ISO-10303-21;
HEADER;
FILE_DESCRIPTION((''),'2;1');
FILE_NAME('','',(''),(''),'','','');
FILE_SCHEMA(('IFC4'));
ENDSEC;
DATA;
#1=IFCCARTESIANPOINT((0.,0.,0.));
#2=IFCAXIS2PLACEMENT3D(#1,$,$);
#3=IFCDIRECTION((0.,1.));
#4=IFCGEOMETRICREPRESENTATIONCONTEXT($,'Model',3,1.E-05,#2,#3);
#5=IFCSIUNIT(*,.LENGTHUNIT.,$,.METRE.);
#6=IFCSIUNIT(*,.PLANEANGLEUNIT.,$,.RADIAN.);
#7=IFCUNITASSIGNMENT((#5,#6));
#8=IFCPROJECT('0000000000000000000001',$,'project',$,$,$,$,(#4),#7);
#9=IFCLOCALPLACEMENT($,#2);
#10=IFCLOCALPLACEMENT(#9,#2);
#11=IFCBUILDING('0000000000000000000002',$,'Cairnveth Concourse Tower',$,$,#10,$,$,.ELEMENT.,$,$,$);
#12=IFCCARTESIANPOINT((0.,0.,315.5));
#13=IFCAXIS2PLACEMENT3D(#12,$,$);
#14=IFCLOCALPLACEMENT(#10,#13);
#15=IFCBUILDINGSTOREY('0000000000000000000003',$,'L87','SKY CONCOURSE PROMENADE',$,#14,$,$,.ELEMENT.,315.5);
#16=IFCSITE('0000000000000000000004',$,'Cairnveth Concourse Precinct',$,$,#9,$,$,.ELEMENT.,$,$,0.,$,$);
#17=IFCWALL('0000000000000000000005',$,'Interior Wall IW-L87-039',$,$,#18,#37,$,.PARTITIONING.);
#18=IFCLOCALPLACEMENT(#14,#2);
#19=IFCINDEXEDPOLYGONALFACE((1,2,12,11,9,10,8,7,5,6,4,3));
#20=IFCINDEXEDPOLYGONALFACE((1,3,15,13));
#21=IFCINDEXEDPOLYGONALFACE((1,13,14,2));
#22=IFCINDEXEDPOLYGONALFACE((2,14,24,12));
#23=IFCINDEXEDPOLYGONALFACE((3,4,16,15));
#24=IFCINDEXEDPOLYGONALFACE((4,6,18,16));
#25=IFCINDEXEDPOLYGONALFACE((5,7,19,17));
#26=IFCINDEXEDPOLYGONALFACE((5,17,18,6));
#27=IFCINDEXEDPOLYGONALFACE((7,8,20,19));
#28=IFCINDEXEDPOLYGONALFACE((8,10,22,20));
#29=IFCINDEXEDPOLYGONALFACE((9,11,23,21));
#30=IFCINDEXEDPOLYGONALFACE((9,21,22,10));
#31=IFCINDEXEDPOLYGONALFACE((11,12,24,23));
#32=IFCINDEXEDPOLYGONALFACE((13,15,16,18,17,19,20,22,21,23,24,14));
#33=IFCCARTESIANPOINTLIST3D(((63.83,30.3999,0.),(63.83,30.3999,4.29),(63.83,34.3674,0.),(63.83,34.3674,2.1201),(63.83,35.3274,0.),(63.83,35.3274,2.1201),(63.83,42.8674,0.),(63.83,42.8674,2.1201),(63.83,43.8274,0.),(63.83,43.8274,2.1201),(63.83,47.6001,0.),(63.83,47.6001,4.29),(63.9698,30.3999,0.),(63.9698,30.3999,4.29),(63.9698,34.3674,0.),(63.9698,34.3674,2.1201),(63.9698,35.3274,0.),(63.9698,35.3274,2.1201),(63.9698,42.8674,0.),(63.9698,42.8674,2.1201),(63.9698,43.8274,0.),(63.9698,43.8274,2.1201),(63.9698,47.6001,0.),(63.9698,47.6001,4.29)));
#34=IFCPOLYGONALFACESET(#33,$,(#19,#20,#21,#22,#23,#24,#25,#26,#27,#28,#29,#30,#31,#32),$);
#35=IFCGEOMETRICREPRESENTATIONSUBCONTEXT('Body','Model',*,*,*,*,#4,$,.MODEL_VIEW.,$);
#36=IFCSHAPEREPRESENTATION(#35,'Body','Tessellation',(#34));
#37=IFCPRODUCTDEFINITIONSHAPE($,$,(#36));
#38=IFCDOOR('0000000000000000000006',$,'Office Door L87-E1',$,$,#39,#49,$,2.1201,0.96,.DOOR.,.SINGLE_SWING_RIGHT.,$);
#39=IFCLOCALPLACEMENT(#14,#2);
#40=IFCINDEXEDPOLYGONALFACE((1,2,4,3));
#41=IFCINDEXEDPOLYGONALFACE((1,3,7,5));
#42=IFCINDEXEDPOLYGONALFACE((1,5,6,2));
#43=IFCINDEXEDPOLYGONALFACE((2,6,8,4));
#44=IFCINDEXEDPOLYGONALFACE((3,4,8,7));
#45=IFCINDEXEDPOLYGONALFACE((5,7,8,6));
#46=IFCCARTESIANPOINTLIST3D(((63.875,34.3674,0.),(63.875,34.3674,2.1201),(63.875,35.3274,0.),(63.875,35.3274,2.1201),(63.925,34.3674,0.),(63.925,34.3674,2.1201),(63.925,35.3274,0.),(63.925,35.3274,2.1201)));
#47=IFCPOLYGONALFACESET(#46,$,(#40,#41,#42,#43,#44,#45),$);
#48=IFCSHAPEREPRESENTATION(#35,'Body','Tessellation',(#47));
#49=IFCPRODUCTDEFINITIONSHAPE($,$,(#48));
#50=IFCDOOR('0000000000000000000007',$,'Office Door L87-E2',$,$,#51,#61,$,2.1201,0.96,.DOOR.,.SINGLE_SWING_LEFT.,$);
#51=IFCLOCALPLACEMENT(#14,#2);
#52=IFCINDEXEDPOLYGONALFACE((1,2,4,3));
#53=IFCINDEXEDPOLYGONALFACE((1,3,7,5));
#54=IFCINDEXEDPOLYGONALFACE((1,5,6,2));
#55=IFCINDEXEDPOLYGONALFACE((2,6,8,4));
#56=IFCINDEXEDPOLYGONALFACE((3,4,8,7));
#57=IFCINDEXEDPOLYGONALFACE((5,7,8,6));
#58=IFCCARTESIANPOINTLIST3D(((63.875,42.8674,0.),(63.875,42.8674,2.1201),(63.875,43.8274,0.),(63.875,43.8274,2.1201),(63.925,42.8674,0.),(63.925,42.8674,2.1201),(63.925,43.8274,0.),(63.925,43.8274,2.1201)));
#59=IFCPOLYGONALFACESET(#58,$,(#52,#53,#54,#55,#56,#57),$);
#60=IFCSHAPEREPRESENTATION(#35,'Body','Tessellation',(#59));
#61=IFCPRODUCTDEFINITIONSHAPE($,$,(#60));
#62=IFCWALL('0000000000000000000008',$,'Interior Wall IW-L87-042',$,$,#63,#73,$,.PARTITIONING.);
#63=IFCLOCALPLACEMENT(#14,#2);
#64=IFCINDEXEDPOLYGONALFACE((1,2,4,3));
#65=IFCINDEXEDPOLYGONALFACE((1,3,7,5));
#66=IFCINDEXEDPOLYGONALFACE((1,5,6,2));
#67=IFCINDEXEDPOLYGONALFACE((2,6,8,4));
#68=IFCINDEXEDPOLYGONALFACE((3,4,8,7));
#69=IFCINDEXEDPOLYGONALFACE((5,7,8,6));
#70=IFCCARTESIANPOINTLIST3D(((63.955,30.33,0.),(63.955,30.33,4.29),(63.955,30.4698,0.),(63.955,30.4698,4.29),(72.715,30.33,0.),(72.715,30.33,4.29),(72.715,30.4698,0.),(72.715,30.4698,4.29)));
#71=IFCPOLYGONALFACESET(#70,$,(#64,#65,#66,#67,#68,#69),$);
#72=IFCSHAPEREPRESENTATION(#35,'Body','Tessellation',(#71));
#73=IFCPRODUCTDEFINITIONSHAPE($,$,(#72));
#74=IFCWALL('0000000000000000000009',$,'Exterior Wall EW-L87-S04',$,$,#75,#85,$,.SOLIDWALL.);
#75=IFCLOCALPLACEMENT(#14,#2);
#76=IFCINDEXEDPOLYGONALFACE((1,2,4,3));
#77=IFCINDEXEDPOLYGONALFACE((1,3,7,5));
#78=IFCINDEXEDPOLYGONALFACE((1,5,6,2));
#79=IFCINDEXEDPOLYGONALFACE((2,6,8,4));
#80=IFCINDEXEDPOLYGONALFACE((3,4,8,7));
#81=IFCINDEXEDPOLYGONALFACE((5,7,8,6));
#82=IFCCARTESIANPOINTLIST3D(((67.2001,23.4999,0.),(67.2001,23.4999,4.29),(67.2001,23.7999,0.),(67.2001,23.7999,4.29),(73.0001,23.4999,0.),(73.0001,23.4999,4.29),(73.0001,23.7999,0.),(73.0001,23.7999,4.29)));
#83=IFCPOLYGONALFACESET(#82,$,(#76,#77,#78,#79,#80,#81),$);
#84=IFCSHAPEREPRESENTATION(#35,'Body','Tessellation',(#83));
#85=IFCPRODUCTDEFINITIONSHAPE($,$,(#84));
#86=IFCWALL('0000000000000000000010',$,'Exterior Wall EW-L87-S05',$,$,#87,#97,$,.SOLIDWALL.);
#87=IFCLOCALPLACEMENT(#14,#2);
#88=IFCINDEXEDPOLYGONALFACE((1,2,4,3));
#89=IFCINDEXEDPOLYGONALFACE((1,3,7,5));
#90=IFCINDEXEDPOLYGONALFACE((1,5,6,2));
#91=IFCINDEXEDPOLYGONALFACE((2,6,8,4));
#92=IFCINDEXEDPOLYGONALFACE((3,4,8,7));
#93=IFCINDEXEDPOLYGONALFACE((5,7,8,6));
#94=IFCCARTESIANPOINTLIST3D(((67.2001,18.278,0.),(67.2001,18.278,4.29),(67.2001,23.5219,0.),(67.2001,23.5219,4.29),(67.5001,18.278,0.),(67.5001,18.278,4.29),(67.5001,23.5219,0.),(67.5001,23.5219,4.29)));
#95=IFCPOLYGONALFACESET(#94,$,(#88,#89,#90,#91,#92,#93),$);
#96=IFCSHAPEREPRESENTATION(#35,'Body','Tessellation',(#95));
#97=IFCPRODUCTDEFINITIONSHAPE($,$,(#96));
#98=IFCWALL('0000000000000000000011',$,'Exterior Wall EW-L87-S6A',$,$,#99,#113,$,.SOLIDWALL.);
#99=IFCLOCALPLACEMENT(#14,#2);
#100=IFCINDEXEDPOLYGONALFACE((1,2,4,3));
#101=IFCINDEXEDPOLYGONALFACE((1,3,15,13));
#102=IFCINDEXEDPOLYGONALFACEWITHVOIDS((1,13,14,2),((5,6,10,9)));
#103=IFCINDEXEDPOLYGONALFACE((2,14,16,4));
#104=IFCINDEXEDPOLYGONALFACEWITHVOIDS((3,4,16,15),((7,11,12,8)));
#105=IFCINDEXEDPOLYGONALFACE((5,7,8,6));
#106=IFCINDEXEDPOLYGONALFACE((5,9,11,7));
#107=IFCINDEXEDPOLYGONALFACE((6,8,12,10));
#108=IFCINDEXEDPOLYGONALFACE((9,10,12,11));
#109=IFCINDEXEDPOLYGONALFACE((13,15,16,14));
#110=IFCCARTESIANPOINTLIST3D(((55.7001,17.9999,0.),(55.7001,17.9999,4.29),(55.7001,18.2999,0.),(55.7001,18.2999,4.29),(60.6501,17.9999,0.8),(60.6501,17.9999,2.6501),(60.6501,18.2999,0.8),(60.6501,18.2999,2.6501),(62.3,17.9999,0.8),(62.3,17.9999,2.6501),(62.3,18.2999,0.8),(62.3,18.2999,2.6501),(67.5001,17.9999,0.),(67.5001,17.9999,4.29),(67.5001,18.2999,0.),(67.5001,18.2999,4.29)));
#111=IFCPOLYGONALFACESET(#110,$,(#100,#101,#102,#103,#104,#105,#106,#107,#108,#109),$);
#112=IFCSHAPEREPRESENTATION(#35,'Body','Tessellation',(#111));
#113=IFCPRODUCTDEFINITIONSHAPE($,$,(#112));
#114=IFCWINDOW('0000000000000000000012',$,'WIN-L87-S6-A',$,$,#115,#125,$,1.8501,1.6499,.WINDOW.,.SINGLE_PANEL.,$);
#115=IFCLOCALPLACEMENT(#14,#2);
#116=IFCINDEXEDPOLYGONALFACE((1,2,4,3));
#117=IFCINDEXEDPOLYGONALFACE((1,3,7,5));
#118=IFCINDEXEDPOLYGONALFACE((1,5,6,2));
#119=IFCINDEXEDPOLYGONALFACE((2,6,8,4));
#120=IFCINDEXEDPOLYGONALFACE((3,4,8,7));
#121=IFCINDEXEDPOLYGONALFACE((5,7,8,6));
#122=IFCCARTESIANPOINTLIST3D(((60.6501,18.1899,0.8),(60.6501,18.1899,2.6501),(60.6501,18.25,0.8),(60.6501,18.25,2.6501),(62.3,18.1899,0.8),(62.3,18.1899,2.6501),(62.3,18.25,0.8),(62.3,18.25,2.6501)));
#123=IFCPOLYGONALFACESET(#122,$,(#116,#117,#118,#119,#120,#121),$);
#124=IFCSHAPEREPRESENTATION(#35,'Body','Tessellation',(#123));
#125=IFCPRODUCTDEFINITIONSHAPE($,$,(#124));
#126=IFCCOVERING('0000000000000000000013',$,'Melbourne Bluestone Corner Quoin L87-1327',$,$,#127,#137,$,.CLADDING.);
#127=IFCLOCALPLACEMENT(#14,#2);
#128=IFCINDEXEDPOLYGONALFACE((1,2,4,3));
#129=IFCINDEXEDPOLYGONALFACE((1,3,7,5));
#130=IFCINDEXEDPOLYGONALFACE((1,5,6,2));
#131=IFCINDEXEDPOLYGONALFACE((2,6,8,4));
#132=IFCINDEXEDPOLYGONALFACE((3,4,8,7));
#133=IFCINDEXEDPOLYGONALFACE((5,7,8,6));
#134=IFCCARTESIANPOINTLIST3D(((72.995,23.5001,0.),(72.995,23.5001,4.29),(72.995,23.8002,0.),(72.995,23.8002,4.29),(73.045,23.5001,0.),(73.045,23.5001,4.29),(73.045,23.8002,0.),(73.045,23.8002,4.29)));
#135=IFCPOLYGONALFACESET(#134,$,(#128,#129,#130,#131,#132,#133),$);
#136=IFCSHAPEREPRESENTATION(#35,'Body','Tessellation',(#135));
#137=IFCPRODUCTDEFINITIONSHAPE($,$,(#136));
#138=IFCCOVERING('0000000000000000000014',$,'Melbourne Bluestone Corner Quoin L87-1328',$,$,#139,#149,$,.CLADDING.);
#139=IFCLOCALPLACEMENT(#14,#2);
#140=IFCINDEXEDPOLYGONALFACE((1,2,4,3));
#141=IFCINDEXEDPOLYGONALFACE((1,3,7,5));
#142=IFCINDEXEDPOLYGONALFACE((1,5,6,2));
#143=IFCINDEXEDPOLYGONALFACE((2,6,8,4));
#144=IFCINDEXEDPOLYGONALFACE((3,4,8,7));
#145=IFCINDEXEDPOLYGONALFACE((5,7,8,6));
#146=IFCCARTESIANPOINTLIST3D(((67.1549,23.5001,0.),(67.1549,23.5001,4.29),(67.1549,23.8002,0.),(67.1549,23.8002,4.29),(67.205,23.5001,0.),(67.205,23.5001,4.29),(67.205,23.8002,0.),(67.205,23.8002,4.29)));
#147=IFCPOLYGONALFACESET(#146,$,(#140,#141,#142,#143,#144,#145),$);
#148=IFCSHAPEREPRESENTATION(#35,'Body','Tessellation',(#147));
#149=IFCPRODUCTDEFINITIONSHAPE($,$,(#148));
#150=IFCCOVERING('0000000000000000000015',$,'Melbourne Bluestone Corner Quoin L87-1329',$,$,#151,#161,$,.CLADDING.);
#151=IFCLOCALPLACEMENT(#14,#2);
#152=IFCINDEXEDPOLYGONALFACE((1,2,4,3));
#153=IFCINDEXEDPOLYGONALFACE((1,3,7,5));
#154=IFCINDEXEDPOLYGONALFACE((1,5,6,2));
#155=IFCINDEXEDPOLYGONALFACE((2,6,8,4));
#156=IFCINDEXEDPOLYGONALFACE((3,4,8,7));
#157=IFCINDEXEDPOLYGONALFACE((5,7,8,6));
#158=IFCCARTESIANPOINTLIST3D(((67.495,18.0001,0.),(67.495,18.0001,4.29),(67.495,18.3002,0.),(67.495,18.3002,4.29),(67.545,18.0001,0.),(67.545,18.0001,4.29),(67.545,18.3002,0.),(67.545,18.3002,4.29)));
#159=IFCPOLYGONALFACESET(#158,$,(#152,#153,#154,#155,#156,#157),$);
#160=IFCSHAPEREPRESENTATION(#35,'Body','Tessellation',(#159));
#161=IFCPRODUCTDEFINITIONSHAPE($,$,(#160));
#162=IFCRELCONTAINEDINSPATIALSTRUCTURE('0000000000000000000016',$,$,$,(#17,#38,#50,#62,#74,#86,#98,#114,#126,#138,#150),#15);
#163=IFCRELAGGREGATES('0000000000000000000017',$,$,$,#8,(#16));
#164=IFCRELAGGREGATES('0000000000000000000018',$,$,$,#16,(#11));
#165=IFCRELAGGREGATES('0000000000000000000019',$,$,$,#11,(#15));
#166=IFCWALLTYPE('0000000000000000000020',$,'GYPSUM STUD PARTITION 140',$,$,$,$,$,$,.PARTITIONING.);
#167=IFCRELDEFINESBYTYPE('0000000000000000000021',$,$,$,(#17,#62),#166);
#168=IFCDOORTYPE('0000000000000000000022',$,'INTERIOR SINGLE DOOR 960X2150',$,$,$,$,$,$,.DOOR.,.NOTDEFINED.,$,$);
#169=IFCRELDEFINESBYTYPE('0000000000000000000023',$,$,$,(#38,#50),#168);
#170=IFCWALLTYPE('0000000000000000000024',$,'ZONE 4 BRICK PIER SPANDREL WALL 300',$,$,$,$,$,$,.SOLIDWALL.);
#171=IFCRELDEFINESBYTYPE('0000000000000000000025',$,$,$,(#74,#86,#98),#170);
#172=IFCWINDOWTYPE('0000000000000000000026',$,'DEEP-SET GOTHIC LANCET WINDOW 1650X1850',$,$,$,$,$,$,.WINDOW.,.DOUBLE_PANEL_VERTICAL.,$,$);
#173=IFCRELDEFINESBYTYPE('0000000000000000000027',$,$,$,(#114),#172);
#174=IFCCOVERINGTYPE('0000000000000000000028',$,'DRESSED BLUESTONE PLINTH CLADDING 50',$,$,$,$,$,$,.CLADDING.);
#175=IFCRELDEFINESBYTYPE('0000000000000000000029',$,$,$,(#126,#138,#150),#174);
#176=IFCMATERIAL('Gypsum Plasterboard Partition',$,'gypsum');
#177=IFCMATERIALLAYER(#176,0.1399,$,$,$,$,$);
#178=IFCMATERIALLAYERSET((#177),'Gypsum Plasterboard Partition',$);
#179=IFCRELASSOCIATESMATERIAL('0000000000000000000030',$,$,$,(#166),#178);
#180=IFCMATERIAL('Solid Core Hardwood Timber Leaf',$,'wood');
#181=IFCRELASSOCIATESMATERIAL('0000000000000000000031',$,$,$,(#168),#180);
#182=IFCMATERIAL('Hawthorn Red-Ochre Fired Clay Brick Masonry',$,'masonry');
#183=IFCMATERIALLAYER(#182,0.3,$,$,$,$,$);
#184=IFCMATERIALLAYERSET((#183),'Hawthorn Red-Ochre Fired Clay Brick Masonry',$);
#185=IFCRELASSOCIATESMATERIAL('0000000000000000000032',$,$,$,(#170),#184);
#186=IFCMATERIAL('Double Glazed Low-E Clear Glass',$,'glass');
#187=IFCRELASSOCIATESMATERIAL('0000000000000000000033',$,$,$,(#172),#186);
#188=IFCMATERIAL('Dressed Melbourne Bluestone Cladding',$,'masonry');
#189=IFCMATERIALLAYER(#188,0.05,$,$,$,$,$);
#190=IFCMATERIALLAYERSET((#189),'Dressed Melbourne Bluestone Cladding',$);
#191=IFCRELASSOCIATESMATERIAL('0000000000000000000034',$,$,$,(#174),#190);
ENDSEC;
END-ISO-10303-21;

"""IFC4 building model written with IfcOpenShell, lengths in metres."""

from ifc_helpers import new_model, si_unit, direction, frame, frame_2d, origin, place, context, subcontext, project, spatial, rectangle, extrude, material, layer, layer_set, type_object, element, fill, save


model = new_model("IFC4")

# Units and contexts
model_context = context("Model", 3, precision=1e-05, world=origin(), true_north=direction((0.0, 1.0)))
body_context = subcontext(model_context, "Body", "Model", "MODEL_VIEW")
ifc_project = project(units=[si_unit("LENGTHUNIT", "METRE"), si_unit("PLANEANGLEUNIT", "RADIAN")], contexts=[model_context])

# Site, building, storey
site_placement = place(None, origin())
site = spatial("IfcSite", under=ifc_project, at=site_placement, Name="Cairnveth Concourse Precinct", CompositionType="ELEMENT", RefElevation=0.0)
building_placement = place(site_placement, origin())
building = spatial("IfcBuilding", under=site, at=building_placement, Name="Cairnveth Concourse Tower", CompositionType="ELEMENT")
storey_placement = place(building_placement, frame((0.0, 0.0, 315.5)))
storey = spatial("IfcBuildingStorey", under=building, at=storey_placement, Name="L87", Description="SKY CONCOURSE PROMENADE", CompositionType="ELEMENT", Elevation=315.5)

# Wall, openings, doors
ifc_material_1 = material(Name="Gypsum Plasterboard Partition", Category="gypsum")
ifc_layer_1 = layer(ifc_material_1, 0.1399)
ifc_layer_set_1 = layer_set([ifc_layer_1], Name="Gypsum Plasterboard Partition")
wall_type_1 = type_object("IfcWallType", Name="GYPSUM STUD PARTITION 140", PredefinedType="PARTITIONING", material=ifc_layer_set_1)
wall_1_placement = place(storey_placement, frame((63.8999, 30.3999, 0.0), z_axis=(0.0, 0.0, 1.0), x_axis=(0.0, 1.0, 0.0)))
wall_1 = element("IfcWall", 1, at=wall_1_placement, inside=storey, type_object=wall_type_1, Name="Interior Wall IW-L87-039", PredefinedType="PARTITIONING", context=body_context, shape_type="SweptSolid", body=[
    extrude(rectangle(XDim=17.2002, YDim=0.1399, at=frame_2d((8.6001, 0.0))), origin(), (0.0, 0.0, 1.0), 4.29),
])
opening_1_placement = place(wall_1_placement, frame((3.9675, 0.0, 0.0)))
opening_1 = element("IfcOpeningElement", 2, at=opening_1_placement, cuts=wall_1, PredefinedType="OPENING", context=body_context, shape_type="SweptSolid", body=[
    extrude(rectangle(XDim=0.96, YDim=2.1201, at=frame_2d((0.48, 1.0601))), frame((0.0, 0.0798, 0.0), z_axis=(0.0, -1.0, 0.0), x_axis=(1.0, 0.0, 0.0)), (0.0, 0.0, 1.0), 0.1599),
])
opening_2_placement = place(wall_1_placement, frame((12.4675, 0.0, 0.0)))
opening_2 = element("IfcOpeningElement", 3, at=opening_2_placement, cuts=wall_1, PredefinedType="OPENING", context=body_context, shape_type="SweptSolid", body=[
    extrude(rectangle(XDim=0.96, YDim=2.1201, at=frame_2d((0.48, 1.0601))), frame((0.0, 0.0798, 0.0), z_axis=(0.0, -1.0, 0.0), x_axis=(1.0, 0.0, 0.0)), (0.0, 0.0, 1.0), 0.1599),
])
ifc_material_2 = material(Name="Solid Core Hardwood Timber Leaf", Category="wood")
door_type = type_object("IfcDoorType", Name="INTERIOR SINGLE DOOR 960X2150", OperationType="NOTDEFINED", PredefinedType="DOOR", material=ifc_material_2)
door_1_placement = place(opening_1_placement, origin())
door_1 = element("IfcDoor", 4, at=door_1_placement, inside=storey, type_object=door_type, Name="Office Door L87-E1", OperationType="SINGLE_SWING_RIGHT", OverallHeight=2.1201, OverallWidth=0.96, PredefinedType="DOOR", context=body_context, shape_type="SweptSolid", body=[
    extrude(rectangle(XDim=0.96, YDim=2.1201, at=frame_2d((0.48, 1.0601))), frame((0.0, 0.0249, 0.0), z_axis=(0.0, -1.0, 0.0), x_axis=(1.0, 0.0, 0.0)), (0.0, 0.0, 1.0), 0.05),
])
fill(opening_1, door_1)
door_2_placement = place(opening_2_placement, origin())
door_2 = element("IfcDoor", 5, at=door_2_placement, inside=storey, type_object=door_type, Name="Office Door L87-E2", OperationType="SINGLE_SWING_LEFT", OverallHeight=2.1201, OverallWidth=0.96, PredefinedType="DOOR", context=body_context, shape_type="SweptSolid", body=[
    extrude(rectangle(XDim=0.96, YDim=2.1201, at=frame_2d((0.48, 1.0601))), frame((0.0, 0.0249, 0.0), z_axis=(0.0, -1.0, 0.0), x_axis=(1.0, 0.0, 0.0)), (0.0, 0.0, 1.0), 0.05),
])
fill(opening_2, door_2)

# Walls
wall_2_placement = place(storey_placement, frame((63.9551, 30.3999, 0.0), z_axis=(0.0, 0.0, 1.0), x_axis=(1.0, 0.0, 0.0)))
element("IfcWall", 6, at=wall_2_placement, inside=storey, type_object=wall_type_1, Name="Interior Wall IW-L87-042", PredefinedType="PARTITIONING", context=body_context, shape_type="SweptSolid", body=[
    extrude(rectangle(XDim=8.76, YDim=0.1399, at=frame_2d((4.3799, 0.0))), origin(), (0.0, 0.0, 1.0), 4.29),
])
ifc_material_3 = material(Name="Hawthorn Red-Ochre Fired Clay Brick Masonry", Category="masonry")
ifc_layer_2 = layer(ifc_material_3, 0.3)
ifc_layer_set_2 = layer_set([ifc_layer_2], Name="Hawthorn Red-Ochre Fired Clay Brick Masonry")
wall_type_2 = type_object("IfcWallType", Name="ZONE 4 BRICK PIER SPANDREL WALL 300", PredefinedType="SOLIDWALL", material=ifc_layer_set_2)
wall_3_placement = place(storey_placement, frame((73.0, 23.6499, 0.0), z_axis=(0.0, 0.0, 1.0), x_axis=(-1.0, 0.0, 0.0)))
element("IfcWall", 7, at=wall_3_placement, inside=storey, type_object=wall_type_2, Name="Exterior Wall EW-L87-S04", PredefinedType="SOLIDWALL", context=body_context, shape_type="SweptSolid", body=[
    extrude(rectangle(XDim=5.8, YDim=0.3, at=frame_2d((2.8999, 0.0))), origin(), (0.0, 0.0, 1.0), 4.29),
])
wall_4_placement = place(storey_placement, frame((67.3501, 23.522, 0.0), z_axis=(0.0, 0.0, 1.0), x_axis=(0.0, -1.0, 0.0)))
element("IfcWall", 8, at=wall_4_placement, inside=storey, type_object=wall_type_2, Name="Exterior Wall EW-L87-S05", PredefinedType="SOLIDWALL", context=body_context, shape_type="SweptSolid", body=[
    extrude(rectangle(XDim=5.2439, YDim=0.3, at=frame_2d((2.6221, 0.0))), origin(), (0.0, 0.0, 1.0), 4.29),
])

# Wall, opening, window
wall_5_placement = place(storey_placement, frame((67.5, 18.1499, 0.0), z_axis=(0.0, 0.0, 1.0), x_axis=(-1.0, 0.0, 0.0)))
wall_5 = element("IfcWall", 9, at=wall_5_placement, inside=storey, type_object=wall_type_2, Name="Exterior Wall EW-L87-S6A", PredefinedType="SOLIDWALL", context=body_context, shape_type="SweptSolid", body=[
    extrude(rectangle(XDim=11.8, YDim=0.3, at=frame_2d((5.8999, 0.0))), origin(), (0.0, 0.0, 1.0), 4.29),
])
opening_3_placement = place(wall_5_placement, frame((5.2, 0.0, 0.8)))
opening_3 = element("IfcOpeningElement", 10, at=opening_3_placement, cuts=wall_5, PredefinedType="OPENING", context=body_context, shape_type="SweptSolid", body=[
    extrude(rectangle(XDim=1.6499, YDim=1.8501, at=frame_2d((0.825, 0.925))), frame((0.0, 0.1599, 0.0), z_axis=(0.0, -1.0, 0.0), x_axis=(1.0, 0.0, 0.0)), (0.0, 0.0, 1.0), 0.3201),
])
ifc_material_4 = material(Name="Double Glazed Low-E Clear Glass", Category="glass")
window_type = type_object("IfcWindowType", Name="DEEP-SET GOTHIC LANCET WINDOW 1650X1850", PartitioningType="DOUBLE_PANEL_VERTICAL", PredefinedType="WINDOW", material=ifc_material_4)
window_placement = place(opening_3_placement, origin())
window = element("IfcWindow", 11, at=window_placement, inside=storey, type_object=window_type, Name="WIN-L87-S6-A", OverallHeight=1.8501, OverallWidth=1.6499, PartitioningType="SINGLE_PANEL", PredefinedType="WINDOW", context=body_context, shape_type="SweptSolid", body=[
    extrude(rectangle(XDim=1.6499, YDim=1.8501, at=frame_2d((0.825, 0.925))), frame((0.0, -0.04, 0.0), z_axis=(0.0, -1.0, 0.0), x_axis=(1.0, 0.0, 0.0)), (0.0, 0.0, 1.0), 0.0601),
])
fill(opening_3, window)

# Coverings
ifc_material_5 = material(Name="Dressed Melbourne Bluestone Cladding", Category="masonry")
ifc_layer_3 = layer(ifc_material_5, 0.05)
ifc_layer_set_3 = layer_set([ifc_layer_3], Name="Dressed Melbourne Bluestone Cladding")
covering_type = type_object("IfcCoveringType", Name="DRESSED BLUESTONE PLINTH CLADDING 50", PredefinedType="CLADDING", material=ifc_layer_set_3)
for number, where, z_axis, x_axis, name in (
    (12, (73.02, 23.8, 0.0), (0.0, 0.0, 1.0), (0.0, -1.0, 0.0), "Melbourne Bluestone Corner Quoin L87-1327"),
    (13, (67.1799, 23.8, 0.0), (0.0, 0.0, 1.0), (0.0, -1.0, 0.0), "Melbourne Bluestone Corner Quoin L87-1328"),
    (14, (67.52, 18.3, 0.0), (0.0, 0.0, 1.0), (0.0, -1.0, 0.0), "Melbourne Bluestone Corner Quoin L87-1329"),
):
    element("IfcCovering", number, at=place(storey_placement, frame(where, z_axis=z_axis, x_axis=x_axis)), inside=storey, type_object=covering_type, Name=name, PredefinedType="CLADDING", context=body_context, shape_type="SweptSolid", body=[
        extrude(rectangle(XDim=0.3, YDim=0.05, at=frame_2d((0.1499, 0.0))), origin(), (0.0, 0.0, 1.0), 4.29),
    ])

save(model, "model.ifc")
